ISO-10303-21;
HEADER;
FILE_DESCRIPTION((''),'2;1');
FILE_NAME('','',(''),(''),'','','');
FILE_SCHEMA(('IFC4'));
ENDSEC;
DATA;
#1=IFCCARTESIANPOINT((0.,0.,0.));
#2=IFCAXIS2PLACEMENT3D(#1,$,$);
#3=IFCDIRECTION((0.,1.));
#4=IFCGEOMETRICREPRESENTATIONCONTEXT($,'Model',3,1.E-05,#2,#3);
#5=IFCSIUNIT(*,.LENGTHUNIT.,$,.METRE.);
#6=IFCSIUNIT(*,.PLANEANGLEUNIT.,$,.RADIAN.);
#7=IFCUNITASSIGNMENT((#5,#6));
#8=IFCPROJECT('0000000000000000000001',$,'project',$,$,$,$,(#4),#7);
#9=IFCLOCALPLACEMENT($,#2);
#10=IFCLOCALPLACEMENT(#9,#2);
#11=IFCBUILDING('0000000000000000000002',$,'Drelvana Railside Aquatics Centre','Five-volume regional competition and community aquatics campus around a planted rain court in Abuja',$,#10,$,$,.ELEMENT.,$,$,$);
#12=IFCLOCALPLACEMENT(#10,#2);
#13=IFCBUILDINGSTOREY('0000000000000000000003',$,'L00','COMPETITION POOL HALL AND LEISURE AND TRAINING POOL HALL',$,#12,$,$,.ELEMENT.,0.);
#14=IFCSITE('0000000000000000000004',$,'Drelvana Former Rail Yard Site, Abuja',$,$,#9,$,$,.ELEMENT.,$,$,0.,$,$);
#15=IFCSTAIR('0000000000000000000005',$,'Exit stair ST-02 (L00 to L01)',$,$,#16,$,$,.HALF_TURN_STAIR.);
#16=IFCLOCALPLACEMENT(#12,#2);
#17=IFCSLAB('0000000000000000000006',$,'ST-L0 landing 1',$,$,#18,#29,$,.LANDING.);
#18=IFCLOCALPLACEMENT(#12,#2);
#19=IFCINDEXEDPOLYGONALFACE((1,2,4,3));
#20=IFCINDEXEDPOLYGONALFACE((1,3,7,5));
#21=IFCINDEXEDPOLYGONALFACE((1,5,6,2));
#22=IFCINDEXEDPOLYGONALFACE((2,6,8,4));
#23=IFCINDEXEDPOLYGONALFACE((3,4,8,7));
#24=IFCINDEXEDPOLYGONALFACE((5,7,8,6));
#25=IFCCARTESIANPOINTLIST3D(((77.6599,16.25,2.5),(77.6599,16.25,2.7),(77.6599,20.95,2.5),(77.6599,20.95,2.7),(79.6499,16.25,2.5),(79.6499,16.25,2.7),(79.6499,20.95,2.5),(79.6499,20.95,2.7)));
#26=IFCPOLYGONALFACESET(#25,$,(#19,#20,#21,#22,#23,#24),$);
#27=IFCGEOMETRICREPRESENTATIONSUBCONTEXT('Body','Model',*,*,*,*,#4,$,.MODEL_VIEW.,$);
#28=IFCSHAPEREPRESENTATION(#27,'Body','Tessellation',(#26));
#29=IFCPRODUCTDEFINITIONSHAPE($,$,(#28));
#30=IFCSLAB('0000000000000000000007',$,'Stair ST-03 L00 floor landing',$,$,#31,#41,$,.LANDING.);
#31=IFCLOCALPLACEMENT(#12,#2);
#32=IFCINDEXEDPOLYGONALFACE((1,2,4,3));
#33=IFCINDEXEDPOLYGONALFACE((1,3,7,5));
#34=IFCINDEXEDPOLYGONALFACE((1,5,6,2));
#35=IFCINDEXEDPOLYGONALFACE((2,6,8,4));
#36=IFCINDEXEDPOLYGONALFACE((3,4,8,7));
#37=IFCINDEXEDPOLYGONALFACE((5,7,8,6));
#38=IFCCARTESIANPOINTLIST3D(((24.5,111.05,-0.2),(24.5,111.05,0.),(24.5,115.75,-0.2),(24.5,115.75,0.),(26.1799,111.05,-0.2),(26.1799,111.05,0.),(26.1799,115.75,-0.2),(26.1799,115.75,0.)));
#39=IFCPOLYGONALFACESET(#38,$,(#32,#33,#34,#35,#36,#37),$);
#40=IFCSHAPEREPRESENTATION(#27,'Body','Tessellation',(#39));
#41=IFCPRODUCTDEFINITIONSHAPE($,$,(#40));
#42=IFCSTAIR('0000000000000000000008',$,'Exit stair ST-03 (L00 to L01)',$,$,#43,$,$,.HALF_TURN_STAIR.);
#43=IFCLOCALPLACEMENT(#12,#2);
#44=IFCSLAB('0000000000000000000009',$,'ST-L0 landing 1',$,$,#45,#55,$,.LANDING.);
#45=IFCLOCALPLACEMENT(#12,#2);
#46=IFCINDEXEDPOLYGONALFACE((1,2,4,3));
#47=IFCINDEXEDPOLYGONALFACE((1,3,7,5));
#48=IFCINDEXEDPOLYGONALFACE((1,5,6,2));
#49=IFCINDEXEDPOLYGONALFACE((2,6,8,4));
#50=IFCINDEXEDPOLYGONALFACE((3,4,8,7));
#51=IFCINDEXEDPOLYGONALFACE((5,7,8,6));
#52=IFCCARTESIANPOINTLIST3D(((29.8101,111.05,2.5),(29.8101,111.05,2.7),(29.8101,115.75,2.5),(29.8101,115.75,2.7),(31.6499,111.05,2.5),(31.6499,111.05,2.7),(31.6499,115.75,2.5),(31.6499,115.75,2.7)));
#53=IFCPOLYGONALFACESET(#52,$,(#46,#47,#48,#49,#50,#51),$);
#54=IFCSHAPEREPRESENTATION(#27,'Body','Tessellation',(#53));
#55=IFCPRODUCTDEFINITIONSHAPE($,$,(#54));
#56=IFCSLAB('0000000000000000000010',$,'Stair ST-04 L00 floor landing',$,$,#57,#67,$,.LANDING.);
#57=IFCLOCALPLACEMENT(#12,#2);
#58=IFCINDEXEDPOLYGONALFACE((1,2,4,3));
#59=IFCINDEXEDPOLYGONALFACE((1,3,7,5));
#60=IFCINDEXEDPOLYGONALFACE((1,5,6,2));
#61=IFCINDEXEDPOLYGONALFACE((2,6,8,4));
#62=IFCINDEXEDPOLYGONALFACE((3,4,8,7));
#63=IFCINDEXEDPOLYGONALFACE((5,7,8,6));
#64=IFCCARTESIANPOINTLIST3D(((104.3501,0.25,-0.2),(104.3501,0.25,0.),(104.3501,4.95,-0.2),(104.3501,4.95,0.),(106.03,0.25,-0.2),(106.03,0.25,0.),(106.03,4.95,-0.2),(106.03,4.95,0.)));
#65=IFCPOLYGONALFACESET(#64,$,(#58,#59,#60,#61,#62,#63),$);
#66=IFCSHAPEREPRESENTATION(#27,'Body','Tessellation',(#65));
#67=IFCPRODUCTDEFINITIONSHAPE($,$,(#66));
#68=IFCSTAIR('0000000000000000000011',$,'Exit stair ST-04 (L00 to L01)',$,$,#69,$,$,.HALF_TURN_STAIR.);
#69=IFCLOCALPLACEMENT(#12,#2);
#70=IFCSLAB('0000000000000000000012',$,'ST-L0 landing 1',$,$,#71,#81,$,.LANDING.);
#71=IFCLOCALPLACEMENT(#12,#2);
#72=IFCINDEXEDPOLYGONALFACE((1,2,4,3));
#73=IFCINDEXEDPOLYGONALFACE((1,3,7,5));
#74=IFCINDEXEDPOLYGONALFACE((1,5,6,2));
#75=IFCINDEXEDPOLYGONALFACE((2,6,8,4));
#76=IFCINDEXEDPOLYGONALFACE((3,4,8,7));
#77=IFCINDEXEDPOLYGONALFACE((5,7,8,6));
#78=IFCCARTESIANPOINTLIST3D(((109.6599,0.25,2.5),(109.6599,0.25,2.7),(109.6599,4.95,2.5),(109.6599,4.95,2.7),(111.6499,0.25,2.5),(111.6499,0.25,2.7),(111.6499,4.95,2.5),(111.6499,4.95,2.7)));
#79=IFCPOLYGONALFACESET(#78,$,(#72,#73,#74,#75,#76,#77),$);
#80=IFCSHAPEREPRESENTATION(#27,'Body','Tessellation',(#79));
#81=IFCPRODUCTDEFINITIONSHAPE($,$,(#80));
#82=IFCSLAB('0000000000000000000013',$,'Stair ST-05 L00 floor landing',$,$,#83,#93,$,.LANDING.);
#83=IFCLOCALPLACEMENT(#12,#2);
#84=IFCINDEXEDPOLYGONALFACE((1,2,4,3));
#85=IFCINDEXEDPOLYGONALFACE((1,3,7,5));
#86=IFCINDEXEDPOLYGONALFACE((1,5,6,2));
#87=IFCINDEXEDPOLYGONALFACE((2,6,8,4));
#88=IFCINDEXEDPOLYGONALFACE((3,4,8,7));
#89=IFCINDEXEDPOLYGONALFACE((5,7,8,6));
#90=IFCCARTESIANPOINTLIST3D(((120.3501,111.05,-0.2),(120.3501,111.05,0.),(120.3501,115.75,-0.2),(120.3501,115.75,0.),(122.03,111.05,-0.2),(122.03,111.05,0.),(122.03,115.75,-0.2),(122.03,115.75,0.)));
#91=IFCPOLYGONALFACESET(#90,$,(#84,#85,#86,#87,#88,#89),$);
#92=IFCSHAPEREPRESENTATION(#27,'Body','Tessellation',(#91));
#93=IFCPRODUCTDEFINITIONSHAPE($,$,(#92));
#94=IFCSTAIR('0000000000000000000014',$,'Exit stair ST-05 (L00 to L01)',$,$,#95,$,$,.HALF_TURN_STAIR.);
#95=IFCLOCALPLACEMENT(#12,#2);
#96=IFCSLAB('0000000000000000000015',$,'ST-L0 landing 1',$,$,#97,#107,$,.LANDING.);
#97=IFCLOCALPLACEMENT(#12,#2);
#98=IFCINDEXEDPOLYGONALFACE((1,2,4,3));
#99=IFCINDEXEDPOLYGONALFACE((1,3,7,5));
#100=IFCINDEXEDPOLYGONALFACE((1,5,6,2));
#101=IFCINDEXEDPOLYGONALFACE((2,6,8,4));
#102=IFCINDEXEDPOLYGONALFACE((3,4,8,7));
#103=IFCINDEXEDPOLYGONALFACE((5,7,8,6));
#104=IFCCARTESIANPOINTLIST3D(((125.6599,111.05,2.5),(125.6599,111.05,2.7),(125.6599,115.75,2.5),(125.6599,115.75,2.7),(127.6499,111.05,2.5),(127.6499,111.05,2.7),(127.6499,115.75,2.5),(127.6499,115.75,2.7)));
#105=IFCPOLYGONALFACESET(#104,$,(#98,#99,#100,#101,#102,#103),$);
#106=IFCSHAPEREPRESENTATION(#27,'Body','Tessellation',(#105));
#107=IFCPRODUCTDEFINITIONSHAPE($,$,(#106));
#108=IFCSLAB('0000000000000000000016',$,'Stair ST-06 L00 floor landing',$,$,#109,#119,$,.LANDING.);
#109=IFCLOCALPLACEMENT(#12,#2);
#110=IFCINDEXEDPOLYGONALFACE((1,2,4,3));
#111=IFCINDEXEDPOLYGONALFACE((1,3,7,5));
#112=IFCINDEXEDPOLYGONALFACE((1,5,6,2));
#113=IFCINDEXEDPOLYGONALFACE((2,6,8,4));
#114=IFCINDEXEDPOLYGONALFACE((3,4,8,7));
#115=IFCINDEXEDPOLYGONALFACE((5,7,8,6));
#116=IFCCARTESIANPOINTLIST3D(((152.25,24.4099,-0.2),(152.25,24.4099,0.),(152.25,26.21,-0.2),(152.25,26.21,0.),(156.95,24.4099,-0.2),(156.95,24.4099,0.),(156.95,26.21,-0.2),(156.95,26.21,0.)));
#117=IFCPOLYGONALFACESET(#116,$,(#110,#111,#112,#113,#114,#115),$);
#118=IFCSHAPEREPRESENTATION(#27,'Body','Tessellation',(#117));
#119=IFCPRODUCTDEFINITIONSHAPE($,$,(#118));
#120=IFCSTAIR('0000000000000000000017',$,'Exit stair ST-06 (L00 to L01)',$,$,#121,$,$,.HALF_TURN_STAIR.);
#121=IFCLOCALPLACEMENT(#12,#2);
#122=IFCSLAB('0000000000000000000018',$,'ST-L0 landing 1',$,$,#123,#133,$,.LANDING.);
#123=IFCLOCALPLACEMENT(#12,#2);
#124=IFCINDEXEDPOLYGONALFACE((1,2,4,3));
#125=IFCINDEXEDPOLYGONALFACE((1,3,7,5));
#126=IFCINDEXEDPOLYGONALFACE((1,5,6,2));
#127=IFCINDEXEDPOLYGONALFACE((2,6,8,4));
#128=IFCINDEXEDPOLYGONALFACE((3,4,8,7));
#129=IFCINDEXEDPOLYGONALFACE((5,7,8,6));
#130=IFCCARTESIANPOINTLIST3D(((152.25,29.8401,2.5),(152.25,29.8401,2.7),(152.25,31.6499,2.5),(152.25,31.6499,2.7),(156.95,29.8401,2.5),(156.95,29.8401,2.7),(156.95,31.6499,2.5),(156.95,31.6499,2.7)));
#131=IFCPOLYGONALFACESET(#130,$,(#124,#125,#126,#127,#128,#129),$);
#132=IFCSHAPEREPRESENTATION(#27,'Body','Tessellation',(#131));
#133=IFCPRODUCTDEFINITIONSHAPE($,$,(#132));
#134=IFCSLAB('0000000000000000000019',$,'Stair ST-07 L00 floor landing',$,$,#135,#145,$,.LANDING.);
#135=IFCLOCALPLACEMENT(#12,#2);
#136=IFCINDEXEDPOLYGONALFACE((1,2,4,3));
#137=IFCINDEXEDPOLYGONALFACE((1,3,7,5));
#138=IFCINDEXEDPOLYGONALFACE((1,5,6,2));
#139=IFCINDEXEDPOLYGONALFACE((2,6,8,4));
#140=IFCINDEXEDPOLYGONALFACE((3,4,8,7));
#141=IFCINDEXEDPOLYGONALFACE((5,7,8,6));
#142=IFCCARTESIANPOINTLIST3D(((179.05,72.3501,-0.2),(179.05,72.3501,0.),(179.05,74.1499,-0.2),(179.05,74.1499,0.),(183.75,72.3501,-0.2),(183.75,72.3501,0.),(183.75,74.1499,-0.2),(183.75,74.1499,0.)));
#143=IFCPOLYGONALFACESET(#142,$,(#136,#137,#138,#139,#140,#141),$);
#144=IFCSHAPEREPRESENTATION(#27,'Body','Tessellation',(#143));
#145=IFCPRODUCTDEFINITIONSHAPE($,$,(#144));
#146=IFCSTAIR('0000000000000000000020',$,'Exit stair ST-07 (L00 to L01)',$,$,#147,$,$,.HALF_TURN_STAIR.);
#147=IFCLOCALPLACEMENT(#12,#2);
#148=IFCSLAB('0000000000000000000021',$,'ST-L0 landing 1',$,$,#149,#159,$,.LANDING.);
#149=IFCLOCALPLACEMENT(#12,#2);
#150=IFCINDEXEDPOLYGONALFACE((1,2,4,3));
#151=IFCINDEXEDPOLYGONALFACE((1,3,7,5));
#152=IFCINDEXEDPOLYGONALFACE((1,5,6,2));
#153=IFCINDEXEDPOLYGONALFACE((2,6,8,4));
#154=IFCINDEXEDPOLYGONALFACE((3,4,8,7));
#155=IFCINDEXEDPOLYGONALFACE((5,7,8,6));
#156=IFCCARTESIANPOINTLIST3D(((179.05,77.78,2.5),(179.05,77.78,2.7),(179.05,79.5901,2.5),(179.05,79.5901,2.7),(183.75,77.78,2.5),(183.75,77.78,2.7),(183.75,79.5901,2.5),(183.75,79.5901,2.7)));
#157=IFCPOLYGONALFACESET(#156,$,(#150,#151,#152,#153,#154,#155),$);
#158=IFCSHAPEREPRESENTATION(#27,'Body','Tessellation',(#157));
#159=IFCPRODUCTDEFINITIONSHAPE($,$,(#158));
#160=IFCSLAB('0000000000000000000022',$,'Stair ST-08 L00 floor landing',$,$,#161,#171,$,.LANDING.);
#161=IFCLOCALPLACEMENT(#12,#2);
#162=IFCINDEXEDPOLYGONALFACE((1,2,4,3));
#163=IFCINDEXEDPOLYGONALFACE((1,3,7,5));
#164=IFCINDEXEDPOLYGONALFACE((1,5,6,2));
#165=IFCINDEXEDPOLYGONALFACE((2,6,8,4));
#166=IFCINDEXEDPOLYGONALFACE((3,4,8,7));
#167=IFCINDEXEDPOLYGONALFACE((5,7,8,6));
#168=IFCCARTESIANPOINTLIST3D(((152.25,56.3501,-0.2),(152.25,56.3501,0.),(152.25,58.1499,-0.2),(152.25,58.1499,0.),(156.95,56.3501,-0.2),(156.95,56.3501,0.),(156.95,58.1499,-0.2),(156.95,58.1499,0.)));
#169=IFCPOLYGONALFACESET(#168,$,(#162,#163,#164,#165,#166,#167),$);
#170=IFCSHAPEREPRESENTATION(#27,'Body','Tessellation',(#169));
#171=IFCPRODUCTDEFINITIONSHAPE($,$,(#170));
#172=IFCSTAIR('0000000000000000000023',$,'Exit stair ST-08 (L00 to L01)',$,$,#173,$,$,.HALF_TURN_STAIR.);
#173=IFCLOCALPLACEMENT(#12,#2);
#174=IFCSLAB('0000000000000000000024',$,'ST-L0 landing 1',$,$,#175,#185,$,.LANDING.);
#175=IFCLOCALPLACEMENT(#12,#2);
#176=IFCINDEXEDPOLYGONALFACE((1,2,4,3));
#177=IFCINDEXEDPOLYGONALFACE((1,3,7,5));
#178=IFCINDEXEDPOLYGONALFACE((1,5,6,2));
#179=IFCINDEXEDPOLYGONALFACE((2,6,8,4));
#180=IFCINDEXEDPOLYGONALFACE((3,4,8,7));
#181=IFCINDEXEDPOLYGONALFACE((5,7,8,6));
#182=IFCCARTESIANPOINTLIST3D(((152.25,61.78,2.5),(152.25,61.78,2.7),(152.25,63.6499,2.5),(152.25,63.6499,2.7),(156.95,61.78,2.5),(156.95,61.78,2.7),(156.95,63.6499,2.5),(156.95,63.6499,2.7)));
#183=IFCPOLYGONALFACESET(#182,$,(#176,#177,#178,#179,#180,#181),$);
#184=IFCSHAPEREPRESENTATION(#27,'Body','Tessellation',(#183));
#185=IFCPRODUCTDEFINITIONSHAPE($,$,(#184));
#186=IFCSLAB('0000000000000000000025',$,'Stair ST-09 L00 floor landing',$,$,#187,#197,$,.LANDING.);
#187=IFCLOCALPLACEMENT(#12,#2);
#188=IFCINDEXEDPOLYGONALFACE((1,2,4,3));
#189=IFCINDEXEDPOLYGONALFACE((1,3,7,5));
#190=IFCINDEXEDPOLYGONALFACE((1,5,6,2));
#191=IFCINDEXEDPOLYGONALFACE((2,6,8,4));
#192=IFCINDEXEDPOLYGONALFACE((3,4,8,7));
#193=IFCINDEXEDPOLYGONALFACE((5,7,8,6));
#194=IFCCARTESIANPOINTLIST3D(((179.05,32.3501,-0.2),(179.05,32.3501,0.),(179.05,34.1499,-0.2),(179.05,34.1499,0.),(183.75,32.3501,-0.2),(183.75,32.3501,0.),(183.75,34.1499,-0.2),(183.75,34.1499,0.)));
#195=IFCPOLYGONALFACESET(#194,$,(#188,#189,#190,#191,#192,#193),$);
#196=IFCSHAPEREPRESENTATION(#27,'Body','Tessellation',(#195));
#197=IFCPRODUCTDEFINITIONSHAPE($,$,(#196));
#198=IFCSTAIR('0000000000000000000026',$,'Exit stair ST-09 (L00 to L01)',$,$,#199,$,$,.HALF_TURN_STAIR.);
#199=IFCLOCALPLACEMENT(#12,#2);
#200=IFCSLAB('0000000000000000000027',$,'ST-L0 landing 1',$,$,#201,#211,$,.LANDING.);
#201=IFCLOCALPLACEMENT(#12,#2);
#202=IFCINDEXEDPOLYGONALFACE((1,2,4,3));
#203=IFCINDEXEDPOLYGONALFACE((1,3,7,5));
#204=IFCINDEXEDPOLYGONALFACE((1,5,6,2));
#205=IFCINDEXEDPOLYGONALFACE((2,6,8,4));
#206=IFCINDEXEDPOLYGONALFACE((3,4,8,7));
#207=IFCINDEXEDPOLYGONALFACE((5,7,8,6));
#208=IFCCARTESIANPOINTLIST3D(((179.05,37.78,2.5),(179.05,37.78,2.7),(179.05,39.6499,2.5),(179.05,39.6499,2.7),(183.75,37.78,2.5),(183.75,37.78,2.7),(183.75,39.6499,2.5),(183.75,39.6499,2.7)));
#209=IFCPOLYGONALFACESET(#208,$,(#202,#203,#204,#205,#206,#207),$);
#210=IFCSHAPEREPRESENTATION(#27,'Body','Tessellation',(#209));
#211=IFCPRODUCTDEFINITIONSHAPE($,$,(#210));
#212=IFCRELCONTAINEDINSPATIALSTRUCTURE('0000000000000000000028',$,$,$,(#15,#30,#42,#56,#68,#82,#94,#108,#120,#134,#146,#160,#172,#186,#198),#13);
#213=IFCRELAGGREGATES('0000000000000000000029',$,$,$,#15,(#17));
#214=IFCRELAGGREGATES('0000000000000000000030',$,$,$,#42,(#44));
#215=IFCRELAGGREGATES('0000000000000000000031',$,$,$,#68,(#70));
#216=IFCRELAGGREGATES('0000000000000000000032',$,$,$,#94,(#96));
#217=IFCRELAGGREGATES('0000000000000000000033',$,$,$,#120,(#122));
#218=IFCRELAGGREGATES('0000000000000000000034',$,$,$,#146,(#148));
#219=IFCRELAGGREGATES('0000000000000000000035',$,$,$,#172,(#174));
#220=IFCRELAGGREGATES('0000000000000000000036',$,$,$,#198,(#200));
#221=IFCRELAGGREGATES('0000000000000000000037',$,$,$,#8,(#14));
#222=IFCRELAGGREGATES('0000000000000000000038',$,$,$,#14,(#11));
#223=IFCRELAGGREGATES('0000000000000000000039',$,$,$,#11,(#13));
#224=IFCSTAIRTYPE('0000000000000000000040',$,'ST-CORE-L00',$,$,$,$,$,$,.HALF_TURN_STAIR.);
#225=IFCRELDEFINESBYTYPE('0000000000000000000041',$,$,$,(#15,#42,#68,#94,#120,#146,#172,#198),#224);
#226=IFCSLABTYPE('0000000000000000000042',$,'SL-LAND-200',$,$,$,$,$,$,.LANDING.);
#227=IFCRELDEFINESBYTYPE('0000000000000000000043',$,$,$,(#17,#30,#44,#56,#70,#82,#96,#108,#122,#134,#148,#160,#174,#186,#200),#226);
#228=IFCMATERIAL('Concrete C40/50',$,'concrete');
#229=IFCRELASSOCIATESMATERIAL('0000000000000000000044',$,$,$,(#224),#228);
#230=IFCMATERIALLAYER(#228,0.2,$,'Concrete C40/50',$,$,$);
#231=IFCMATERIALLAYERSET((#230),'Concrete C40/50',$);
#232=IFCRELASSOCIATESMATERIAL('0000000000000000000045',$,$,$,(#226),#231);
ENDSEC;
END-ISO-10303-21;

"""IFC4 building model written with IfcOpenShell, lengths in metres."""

from ifc_helpers import new_model, si_unit, direction, frame, origin, place, context, subcontext, project, spatial, polyline, outline, extrude, material, layer, layer_set, type_object, element, aggregate, save


model = new_model("IFC4")

# Units and contexts
model_context = context("Model", 3, precision=1e-05, world=origin(), true_north=direction((0.0, 1.0)))
body_context = subcontext(model_context, "Body", "Model", "MODEL_VIEW")
ifc_project = project(units=[si_unit("LENGTHUNIT", "METRE"), si_unit("PLANEANGLEUNIT", "RADIAN")], contexts=[model_context])

# Site, building, storey
site_placement = place(None, origin())
site = spatial("IfcSite", under=ifc_project, at=site_placement, Name="Drelvana Former Rail Yard Site, Abuja", CompositionType="ELEMENT", RefElevation=0.0)
building_placement = place(site_placement, origin())
building = spatial("IfcBuilding", under=site, at=building_placement, Name="Drelvana Railside Aquatics Centre", Description="Five-volume regional competition and community aquatics campus around a planted rain court in Abuja", CompositionType="ELEMENT")
storey_placement = place(building_placement, origin())
storey = spatial("IfcBuildingStorey", under=building, at=storey_placement, Name="L00", Description="COMPETITION POOL HALL AND LEISURE AND TRAINING POOL HALL", CompositionType="ELEMENT", Elevation=0.0)

# Stair, slab
ifc_material_1 = material(Name="Concrete C40/50", Category="concrete")
stair_type_1 = type_object("IfcStairType", Name="ST-CORE-L00", PredefinedType="HALF_TURN_STAIR", material=ifc_material_1)
stair_1_placement = place(storey_placement, origin())
stair_1 = element("IfcStair", 1, at=stair_1_placement, inside=storey, type_object=stair_type_1, Name="Exit stair ST-02 (L00 to L01)", PredefinedType="HALF_TURN_STAIR")
ifc_layer_1 = layer(ifc_material_1, 0.2, Name="Concrete C40/50")
ifc_layer_set_1 = layer_set([ifc_layer_1], Name="Concrete C40/50")
slab_type_1 = type_object("IfcSlabType", Name="SL-LAND-200", PredefinedType="LANDING", material=ifc_layer_set_1)
slab_1_placement = place(storey_placement, frame((0.0, 0.0, 2.5)))
slab_1 = element("IfcSlab", 2, at=slab_1_placement, type_object=slab_type_1, Name="ST-L0 landing 1", PredefinedType="LANDING", context=body_context, shape_type="SweptSolid", body=[
    extrude(outline(polyline([(77.6599, 16.25), (79.6499, 16.25), (79.6499, 20.95), (77.6599, 20.95), (77.6599, 16.25)])), origin(), (0.0, 0.0, 1.0), 0.2),
])
aggregate(stair_1, [slab_1])

# Slab
slab_2_placement = place(storey_placement, frame((0.0, 0.0, -0.2)))
element("IfcSlab", 3, at=slab_2_placement, inside=storey, type_object=slab_type_1, Name="Stair ST-03 L00 floor landing", PredefinedType="LANDING", context=body_context, shape_type="SweptSolid", body=[
    extrude(outline(polyline([(24.5, 111.05), (26.1799, 111.05), (26.1799, 115.75), (24.5, 115.75), (24.5, 111.05)])), origin(), (0.0, 0.0, 1.0), 0.2),
])

# Stair, slab
stair_2_placement = place(storey_placement, origin())
stair_2 = element("IfcStair", 4, at=stair_2_placement, inside=storey, type_object=stair_type_1, Name="Exit stair ST-03 (L00 to L01)", PredefinedType="HALF_TURN_STAIR")
slab_3_placement = place(storey_placement, frame((0.0, 0.0, 2.5)))
slab_3 = element("IfcSlab", 5, at=slab_3_placement, type_object=slab_type_1, Name="ST-L0 landing 1", PredefinedType="LANDING", context=body_context, shape_type="SweptSolid", body=[
    extrude(outline(polyline([(29.8101, 111.05), (31.6499, 111.05), (31.6499, 115.75), (29.8101, 115.75), (29.8101, 111.05)])), origin(), (0.0, 0.0, 1.0), 0.2),
])
aggregate(stair_2, [slab_3])

# Slab
slab_4_placement = place(storey_placement, frame((0.0, 0.0, -0.2)))
element("IfcSlab", 6, at=slab_4_placement, inside=storey, type_object=slab_type_1, Name="Stair ST-04 L00 floor landing", PredefinedType="LANDING", context=body_context, shape_type="SweptSolid", body=[
    extrude(outline(polyline([(104.3501, 0.25), (106.03, 0.25), (106.03, 4.95), (104.3501, 4.95), (104.3501, 0.25)])), origin(), (0.0, 0.0, 1.0), 0.2),
])

# Stair, slab
stair_3_placement = place(storey_placement, origin())
stair_3 = element("IfcStair", 7, at=stair_3_placement, inside=storey, type_object=stair_type_1, Name="Exit stair ST-04 (L00 to L01)", PredefinedType="HALF_TURN_STAIR")
slab_5_placement = place(storey_placement, frame((0.0, 0.0, 2.5)))
slab_5 = element("IfcSlab", 8, at=slab_5_placement, type_object=slab_type_1, Name="ST-L0 landing 1", PredefinedType="LANDING", context=body_context, shape_type="SweptSolid", body=[
    extrude(outline(polyline([(109.6599, 0.25), (111.6499, 0.25), (111.6499, 4.95), (109.6599, 4.95), (109.6599, 0.25)])), origin(), (0.0, 0.0, 1.0), 0.2),
])
aggregate(stair_3, [slab_5])

# Slab
slab_6_placement = place(storey_placement, frame((0.0, 0.0, -0.2)))
element("IfcSlab", 9, at=slab_6_placement, inside=storey, type_object=slab_type_1, Name="Stair ST-05 L00 floor landing", PredefinedType="LANDING", context=body_context, shape_type="SweptSolid", body=[
    extrude(outline(polyline([(120.3501, 111.05), (122.03, 111.05), (122.03, 115.75), (120.3501, 115.75), (120.3501, 111.05)])), origin(), (0.0, 0.0, 1.0), 0.2),
])

# Stair, slab
stair_4_placement = place(storey_placement, origin())
stair_4 = element("IfcStair", 10, at=stair_4_placement, inside=storey, type_object=stair_type_1, Name="Exit stair ST-05 (L00 to L01)", PredefinedType="HALF_TURN_STAIR")
slab_7_placement = place(storey_placement, frame((0.0, 0.0, 2.5)))
slab_7 = element("IfcSlab", 11, at=slab_7_placement, type_object=slab_type_1, Name="ST-L0 landing 1", PredefinedType="LANDING", context=body_context, shape_type="SweptSolid", body=[
    extrude(outline(polyline([(125.6599, 111.05), (127.6499, 111.05), (127.6499, 115.75), (125.6599, 115.75), (125.6599, 111.05)])), origin(), (0.0, 0.0, 1.0), 0.2),
])
aggregate(stair_4, [slab_7])

# Slab
slab_8_placement = place(storey_placement, frame((0.0, 0.0, -0.2)))
element("IfcSlab", 12, at=slab_8_placement, inside=storey, type_object=slab_type_1, Name="Stair ST-06 L00 floor landing", PredefinedType="LANDING", context=body_context, shape_type="SweptSolid", body=[
    extrude(outline(polyline([(152.25, 24.4099), (156.95, 24.4099), (156.95, 26.21), (152.25, 26.21), (152.25, 24.4099)])), origin(), (0.0, 0.0, 1.0), 0.2),
])

# Stair, slab
stair_5_placement = place(storey_placement, origin())
stair_5 = element("IfcStair", 13, at=stair_5_placement, inside=storey, type_object=stair_type_1, Name="Exit stair ST-06 (L00 to L01)", PredefinedType="HALF_TURN_STAIR")
slab_9_placement = place(storey_placement, frame((0.0, 0.0, 2.5)))
slab_9 = element("IfcSlab", 14, at=slab_9_placement, type_object=slab_type_1, Name="ST-L0 landing 1", PredefinedType="LANDING", context=body_context, shape_type="SweptSolid", body=[
    extrude(outline(polyline([(152.25, 29.8401), (156.95, 29.8401), (156.95, 31.6499), (152.25, 31.6499), (152.25, 29.8401)])), origin(), (0.0, 0.0, 1.0), 0.2),
])
aggregate(stair_5, [slab_9])

# Slab
slab_10_placement = place(storey_placement, frame((0.0, 0.0, -0.2)))
element("IfcSlab", 15, at=slab_10_placement, inside=storey, type_object=slab_type_1, Name="Stair ST-07 L00 floor landing", PredefinedType="LANDING", context=body_context, shape_type="SweptSolid", body=[
    extrude(outline(polyline([(179.05, 72.3501), (183.75, 72.3501), (183.75, 74.1499), (179.05, 74.1499), (179.05, 72.3501)])), origin(), (0.0, 0.0, 1.0), 0.2),
])

# Stair, slab
stair_6_placement = place(storey_placement, origin())
stair_6 = element("IfcStair", 16, at=stair_6_placement, inside=storey, type_object=stair_type_1, Name="Exit stair ST-07 (L00 to L01)", PredefinedType="HALF_TURN_STAIR")
slab_11_placement = place(storey_placement, frame((0.0, 0.0, 2.5)))
slab_11 = element("IfcSlab", 17, at=slab_11_placement, type_object=slab_type_1, Name="ST-L0 landing 1", PredefinedType="LANDING", context=body_context, shape_type="SweptSolid", body=[
    extrude(outline(polyline([(179.05, 77.78), (183.75, 77.78), (183.75, 79.5901), (179.05, 79.5901), (179.05, 77.78)])), origin(), (0.0, 0.0, 1.0), 0.2),
])
aggregate(stair_6, [slab_11])

# Slab
slab_12_placement = place(storey_placement, frame((0.0, 0.0, -0.2)))
element("IfcSlab", 18, at=slab_12_placement, inside=storey, type_object=slab_type_1, Name="Stair ST-08 L00 floor landing", PredefinedType="LANDING", context=body_context, shape_type="SweptSolid", body=[
    extrude(outline(polyline([(152.25, 56.3501), (156.95, 56.3501), (156.95, 58.1499), (152.25, 58.1499), (152.25, 56.3501)])), origin(), (0.0, 0.0, 1.0), 0.2),
])

# Stair, slab
stair_7_placement = place(storey_placement, origin())
stair_7 = element("IfcStair", 19, at=stair_7_placement, inside=storey, type_object=stair_type_1, Name="Exit stair ST-08 (L00 to L01)", PredefinedType="HALF_TURN_STAIR")
slab_13_placement = place(storey_placement, frame((0.0, 0.0, 2.5)))
slab_13 = element("IfcSlab", 20, at=slab_13_placement, type_object=slab_type_1, Name="ST-L0 landing 1", PredefinedType="LANDING", context=body_context, shape_type="SweptSolid", body=[
    extrude(outline(polyline([(152.25, 61.78), (156.95, 61.78), (156.95, 63.6499), (152.25, 63.6499), (152.25, 61.78)])), origin(), (0.0, 0.0, 1.0), 0.2),
])
aggregate(stair_7, [slab_13])

# Slab
slab_14_placement = place(storey_placement, frame((0.0, 0.0, -0.2)))
element("IfcSlab", 21, at=slab_14_placement, inside=storey, type_object=slab_type_1, Name="Stair ST-09 L00 floor landing", PredefinedType="LANDING", context=body_context, shape_type="SweptSolid", body=[
    extrude(outline(polyline([(179.05, 32.3501), (183.75, 32.3501), (183.75, 34.1499), (179.05, 34.1499), (179.05, 32.3501)])), origin(), (0.0, 0.0, 1.0), 0.2),
])

# Stair, slab
stair_8_placement = place(storey_placement, origin())
stair_8 = element("IfcStair", 22, at=stair_8_placement, inside=storey, type_object=stair_type_1, Name="Exit stair ST-09 (L00 to L01)", PredefinedType="HALF_TURN_STAIR")
slab_15_placement = place(storey_placement, frame((0.0, 0.0, 2.5)))
slab_15 = element("IfcSlab", 23, at=slab_15_placement, type_object=slab_type_1, Name="ST-L0 landing 1", PredefinedType="LANDING", context=body_context, shape_type="SweptSolid", body=[
    extrude(outline(polyline([(179.05, 37.78), (183.75, 37.78), (183.75, 39.6499), (179.05, 39.6499), (179.05, 37.78)])), origin(), (0.0, 0.0, 1.0), 0.2),
])
aggregate(stair_8, [slab_15])

save(model, "model.ifc")
